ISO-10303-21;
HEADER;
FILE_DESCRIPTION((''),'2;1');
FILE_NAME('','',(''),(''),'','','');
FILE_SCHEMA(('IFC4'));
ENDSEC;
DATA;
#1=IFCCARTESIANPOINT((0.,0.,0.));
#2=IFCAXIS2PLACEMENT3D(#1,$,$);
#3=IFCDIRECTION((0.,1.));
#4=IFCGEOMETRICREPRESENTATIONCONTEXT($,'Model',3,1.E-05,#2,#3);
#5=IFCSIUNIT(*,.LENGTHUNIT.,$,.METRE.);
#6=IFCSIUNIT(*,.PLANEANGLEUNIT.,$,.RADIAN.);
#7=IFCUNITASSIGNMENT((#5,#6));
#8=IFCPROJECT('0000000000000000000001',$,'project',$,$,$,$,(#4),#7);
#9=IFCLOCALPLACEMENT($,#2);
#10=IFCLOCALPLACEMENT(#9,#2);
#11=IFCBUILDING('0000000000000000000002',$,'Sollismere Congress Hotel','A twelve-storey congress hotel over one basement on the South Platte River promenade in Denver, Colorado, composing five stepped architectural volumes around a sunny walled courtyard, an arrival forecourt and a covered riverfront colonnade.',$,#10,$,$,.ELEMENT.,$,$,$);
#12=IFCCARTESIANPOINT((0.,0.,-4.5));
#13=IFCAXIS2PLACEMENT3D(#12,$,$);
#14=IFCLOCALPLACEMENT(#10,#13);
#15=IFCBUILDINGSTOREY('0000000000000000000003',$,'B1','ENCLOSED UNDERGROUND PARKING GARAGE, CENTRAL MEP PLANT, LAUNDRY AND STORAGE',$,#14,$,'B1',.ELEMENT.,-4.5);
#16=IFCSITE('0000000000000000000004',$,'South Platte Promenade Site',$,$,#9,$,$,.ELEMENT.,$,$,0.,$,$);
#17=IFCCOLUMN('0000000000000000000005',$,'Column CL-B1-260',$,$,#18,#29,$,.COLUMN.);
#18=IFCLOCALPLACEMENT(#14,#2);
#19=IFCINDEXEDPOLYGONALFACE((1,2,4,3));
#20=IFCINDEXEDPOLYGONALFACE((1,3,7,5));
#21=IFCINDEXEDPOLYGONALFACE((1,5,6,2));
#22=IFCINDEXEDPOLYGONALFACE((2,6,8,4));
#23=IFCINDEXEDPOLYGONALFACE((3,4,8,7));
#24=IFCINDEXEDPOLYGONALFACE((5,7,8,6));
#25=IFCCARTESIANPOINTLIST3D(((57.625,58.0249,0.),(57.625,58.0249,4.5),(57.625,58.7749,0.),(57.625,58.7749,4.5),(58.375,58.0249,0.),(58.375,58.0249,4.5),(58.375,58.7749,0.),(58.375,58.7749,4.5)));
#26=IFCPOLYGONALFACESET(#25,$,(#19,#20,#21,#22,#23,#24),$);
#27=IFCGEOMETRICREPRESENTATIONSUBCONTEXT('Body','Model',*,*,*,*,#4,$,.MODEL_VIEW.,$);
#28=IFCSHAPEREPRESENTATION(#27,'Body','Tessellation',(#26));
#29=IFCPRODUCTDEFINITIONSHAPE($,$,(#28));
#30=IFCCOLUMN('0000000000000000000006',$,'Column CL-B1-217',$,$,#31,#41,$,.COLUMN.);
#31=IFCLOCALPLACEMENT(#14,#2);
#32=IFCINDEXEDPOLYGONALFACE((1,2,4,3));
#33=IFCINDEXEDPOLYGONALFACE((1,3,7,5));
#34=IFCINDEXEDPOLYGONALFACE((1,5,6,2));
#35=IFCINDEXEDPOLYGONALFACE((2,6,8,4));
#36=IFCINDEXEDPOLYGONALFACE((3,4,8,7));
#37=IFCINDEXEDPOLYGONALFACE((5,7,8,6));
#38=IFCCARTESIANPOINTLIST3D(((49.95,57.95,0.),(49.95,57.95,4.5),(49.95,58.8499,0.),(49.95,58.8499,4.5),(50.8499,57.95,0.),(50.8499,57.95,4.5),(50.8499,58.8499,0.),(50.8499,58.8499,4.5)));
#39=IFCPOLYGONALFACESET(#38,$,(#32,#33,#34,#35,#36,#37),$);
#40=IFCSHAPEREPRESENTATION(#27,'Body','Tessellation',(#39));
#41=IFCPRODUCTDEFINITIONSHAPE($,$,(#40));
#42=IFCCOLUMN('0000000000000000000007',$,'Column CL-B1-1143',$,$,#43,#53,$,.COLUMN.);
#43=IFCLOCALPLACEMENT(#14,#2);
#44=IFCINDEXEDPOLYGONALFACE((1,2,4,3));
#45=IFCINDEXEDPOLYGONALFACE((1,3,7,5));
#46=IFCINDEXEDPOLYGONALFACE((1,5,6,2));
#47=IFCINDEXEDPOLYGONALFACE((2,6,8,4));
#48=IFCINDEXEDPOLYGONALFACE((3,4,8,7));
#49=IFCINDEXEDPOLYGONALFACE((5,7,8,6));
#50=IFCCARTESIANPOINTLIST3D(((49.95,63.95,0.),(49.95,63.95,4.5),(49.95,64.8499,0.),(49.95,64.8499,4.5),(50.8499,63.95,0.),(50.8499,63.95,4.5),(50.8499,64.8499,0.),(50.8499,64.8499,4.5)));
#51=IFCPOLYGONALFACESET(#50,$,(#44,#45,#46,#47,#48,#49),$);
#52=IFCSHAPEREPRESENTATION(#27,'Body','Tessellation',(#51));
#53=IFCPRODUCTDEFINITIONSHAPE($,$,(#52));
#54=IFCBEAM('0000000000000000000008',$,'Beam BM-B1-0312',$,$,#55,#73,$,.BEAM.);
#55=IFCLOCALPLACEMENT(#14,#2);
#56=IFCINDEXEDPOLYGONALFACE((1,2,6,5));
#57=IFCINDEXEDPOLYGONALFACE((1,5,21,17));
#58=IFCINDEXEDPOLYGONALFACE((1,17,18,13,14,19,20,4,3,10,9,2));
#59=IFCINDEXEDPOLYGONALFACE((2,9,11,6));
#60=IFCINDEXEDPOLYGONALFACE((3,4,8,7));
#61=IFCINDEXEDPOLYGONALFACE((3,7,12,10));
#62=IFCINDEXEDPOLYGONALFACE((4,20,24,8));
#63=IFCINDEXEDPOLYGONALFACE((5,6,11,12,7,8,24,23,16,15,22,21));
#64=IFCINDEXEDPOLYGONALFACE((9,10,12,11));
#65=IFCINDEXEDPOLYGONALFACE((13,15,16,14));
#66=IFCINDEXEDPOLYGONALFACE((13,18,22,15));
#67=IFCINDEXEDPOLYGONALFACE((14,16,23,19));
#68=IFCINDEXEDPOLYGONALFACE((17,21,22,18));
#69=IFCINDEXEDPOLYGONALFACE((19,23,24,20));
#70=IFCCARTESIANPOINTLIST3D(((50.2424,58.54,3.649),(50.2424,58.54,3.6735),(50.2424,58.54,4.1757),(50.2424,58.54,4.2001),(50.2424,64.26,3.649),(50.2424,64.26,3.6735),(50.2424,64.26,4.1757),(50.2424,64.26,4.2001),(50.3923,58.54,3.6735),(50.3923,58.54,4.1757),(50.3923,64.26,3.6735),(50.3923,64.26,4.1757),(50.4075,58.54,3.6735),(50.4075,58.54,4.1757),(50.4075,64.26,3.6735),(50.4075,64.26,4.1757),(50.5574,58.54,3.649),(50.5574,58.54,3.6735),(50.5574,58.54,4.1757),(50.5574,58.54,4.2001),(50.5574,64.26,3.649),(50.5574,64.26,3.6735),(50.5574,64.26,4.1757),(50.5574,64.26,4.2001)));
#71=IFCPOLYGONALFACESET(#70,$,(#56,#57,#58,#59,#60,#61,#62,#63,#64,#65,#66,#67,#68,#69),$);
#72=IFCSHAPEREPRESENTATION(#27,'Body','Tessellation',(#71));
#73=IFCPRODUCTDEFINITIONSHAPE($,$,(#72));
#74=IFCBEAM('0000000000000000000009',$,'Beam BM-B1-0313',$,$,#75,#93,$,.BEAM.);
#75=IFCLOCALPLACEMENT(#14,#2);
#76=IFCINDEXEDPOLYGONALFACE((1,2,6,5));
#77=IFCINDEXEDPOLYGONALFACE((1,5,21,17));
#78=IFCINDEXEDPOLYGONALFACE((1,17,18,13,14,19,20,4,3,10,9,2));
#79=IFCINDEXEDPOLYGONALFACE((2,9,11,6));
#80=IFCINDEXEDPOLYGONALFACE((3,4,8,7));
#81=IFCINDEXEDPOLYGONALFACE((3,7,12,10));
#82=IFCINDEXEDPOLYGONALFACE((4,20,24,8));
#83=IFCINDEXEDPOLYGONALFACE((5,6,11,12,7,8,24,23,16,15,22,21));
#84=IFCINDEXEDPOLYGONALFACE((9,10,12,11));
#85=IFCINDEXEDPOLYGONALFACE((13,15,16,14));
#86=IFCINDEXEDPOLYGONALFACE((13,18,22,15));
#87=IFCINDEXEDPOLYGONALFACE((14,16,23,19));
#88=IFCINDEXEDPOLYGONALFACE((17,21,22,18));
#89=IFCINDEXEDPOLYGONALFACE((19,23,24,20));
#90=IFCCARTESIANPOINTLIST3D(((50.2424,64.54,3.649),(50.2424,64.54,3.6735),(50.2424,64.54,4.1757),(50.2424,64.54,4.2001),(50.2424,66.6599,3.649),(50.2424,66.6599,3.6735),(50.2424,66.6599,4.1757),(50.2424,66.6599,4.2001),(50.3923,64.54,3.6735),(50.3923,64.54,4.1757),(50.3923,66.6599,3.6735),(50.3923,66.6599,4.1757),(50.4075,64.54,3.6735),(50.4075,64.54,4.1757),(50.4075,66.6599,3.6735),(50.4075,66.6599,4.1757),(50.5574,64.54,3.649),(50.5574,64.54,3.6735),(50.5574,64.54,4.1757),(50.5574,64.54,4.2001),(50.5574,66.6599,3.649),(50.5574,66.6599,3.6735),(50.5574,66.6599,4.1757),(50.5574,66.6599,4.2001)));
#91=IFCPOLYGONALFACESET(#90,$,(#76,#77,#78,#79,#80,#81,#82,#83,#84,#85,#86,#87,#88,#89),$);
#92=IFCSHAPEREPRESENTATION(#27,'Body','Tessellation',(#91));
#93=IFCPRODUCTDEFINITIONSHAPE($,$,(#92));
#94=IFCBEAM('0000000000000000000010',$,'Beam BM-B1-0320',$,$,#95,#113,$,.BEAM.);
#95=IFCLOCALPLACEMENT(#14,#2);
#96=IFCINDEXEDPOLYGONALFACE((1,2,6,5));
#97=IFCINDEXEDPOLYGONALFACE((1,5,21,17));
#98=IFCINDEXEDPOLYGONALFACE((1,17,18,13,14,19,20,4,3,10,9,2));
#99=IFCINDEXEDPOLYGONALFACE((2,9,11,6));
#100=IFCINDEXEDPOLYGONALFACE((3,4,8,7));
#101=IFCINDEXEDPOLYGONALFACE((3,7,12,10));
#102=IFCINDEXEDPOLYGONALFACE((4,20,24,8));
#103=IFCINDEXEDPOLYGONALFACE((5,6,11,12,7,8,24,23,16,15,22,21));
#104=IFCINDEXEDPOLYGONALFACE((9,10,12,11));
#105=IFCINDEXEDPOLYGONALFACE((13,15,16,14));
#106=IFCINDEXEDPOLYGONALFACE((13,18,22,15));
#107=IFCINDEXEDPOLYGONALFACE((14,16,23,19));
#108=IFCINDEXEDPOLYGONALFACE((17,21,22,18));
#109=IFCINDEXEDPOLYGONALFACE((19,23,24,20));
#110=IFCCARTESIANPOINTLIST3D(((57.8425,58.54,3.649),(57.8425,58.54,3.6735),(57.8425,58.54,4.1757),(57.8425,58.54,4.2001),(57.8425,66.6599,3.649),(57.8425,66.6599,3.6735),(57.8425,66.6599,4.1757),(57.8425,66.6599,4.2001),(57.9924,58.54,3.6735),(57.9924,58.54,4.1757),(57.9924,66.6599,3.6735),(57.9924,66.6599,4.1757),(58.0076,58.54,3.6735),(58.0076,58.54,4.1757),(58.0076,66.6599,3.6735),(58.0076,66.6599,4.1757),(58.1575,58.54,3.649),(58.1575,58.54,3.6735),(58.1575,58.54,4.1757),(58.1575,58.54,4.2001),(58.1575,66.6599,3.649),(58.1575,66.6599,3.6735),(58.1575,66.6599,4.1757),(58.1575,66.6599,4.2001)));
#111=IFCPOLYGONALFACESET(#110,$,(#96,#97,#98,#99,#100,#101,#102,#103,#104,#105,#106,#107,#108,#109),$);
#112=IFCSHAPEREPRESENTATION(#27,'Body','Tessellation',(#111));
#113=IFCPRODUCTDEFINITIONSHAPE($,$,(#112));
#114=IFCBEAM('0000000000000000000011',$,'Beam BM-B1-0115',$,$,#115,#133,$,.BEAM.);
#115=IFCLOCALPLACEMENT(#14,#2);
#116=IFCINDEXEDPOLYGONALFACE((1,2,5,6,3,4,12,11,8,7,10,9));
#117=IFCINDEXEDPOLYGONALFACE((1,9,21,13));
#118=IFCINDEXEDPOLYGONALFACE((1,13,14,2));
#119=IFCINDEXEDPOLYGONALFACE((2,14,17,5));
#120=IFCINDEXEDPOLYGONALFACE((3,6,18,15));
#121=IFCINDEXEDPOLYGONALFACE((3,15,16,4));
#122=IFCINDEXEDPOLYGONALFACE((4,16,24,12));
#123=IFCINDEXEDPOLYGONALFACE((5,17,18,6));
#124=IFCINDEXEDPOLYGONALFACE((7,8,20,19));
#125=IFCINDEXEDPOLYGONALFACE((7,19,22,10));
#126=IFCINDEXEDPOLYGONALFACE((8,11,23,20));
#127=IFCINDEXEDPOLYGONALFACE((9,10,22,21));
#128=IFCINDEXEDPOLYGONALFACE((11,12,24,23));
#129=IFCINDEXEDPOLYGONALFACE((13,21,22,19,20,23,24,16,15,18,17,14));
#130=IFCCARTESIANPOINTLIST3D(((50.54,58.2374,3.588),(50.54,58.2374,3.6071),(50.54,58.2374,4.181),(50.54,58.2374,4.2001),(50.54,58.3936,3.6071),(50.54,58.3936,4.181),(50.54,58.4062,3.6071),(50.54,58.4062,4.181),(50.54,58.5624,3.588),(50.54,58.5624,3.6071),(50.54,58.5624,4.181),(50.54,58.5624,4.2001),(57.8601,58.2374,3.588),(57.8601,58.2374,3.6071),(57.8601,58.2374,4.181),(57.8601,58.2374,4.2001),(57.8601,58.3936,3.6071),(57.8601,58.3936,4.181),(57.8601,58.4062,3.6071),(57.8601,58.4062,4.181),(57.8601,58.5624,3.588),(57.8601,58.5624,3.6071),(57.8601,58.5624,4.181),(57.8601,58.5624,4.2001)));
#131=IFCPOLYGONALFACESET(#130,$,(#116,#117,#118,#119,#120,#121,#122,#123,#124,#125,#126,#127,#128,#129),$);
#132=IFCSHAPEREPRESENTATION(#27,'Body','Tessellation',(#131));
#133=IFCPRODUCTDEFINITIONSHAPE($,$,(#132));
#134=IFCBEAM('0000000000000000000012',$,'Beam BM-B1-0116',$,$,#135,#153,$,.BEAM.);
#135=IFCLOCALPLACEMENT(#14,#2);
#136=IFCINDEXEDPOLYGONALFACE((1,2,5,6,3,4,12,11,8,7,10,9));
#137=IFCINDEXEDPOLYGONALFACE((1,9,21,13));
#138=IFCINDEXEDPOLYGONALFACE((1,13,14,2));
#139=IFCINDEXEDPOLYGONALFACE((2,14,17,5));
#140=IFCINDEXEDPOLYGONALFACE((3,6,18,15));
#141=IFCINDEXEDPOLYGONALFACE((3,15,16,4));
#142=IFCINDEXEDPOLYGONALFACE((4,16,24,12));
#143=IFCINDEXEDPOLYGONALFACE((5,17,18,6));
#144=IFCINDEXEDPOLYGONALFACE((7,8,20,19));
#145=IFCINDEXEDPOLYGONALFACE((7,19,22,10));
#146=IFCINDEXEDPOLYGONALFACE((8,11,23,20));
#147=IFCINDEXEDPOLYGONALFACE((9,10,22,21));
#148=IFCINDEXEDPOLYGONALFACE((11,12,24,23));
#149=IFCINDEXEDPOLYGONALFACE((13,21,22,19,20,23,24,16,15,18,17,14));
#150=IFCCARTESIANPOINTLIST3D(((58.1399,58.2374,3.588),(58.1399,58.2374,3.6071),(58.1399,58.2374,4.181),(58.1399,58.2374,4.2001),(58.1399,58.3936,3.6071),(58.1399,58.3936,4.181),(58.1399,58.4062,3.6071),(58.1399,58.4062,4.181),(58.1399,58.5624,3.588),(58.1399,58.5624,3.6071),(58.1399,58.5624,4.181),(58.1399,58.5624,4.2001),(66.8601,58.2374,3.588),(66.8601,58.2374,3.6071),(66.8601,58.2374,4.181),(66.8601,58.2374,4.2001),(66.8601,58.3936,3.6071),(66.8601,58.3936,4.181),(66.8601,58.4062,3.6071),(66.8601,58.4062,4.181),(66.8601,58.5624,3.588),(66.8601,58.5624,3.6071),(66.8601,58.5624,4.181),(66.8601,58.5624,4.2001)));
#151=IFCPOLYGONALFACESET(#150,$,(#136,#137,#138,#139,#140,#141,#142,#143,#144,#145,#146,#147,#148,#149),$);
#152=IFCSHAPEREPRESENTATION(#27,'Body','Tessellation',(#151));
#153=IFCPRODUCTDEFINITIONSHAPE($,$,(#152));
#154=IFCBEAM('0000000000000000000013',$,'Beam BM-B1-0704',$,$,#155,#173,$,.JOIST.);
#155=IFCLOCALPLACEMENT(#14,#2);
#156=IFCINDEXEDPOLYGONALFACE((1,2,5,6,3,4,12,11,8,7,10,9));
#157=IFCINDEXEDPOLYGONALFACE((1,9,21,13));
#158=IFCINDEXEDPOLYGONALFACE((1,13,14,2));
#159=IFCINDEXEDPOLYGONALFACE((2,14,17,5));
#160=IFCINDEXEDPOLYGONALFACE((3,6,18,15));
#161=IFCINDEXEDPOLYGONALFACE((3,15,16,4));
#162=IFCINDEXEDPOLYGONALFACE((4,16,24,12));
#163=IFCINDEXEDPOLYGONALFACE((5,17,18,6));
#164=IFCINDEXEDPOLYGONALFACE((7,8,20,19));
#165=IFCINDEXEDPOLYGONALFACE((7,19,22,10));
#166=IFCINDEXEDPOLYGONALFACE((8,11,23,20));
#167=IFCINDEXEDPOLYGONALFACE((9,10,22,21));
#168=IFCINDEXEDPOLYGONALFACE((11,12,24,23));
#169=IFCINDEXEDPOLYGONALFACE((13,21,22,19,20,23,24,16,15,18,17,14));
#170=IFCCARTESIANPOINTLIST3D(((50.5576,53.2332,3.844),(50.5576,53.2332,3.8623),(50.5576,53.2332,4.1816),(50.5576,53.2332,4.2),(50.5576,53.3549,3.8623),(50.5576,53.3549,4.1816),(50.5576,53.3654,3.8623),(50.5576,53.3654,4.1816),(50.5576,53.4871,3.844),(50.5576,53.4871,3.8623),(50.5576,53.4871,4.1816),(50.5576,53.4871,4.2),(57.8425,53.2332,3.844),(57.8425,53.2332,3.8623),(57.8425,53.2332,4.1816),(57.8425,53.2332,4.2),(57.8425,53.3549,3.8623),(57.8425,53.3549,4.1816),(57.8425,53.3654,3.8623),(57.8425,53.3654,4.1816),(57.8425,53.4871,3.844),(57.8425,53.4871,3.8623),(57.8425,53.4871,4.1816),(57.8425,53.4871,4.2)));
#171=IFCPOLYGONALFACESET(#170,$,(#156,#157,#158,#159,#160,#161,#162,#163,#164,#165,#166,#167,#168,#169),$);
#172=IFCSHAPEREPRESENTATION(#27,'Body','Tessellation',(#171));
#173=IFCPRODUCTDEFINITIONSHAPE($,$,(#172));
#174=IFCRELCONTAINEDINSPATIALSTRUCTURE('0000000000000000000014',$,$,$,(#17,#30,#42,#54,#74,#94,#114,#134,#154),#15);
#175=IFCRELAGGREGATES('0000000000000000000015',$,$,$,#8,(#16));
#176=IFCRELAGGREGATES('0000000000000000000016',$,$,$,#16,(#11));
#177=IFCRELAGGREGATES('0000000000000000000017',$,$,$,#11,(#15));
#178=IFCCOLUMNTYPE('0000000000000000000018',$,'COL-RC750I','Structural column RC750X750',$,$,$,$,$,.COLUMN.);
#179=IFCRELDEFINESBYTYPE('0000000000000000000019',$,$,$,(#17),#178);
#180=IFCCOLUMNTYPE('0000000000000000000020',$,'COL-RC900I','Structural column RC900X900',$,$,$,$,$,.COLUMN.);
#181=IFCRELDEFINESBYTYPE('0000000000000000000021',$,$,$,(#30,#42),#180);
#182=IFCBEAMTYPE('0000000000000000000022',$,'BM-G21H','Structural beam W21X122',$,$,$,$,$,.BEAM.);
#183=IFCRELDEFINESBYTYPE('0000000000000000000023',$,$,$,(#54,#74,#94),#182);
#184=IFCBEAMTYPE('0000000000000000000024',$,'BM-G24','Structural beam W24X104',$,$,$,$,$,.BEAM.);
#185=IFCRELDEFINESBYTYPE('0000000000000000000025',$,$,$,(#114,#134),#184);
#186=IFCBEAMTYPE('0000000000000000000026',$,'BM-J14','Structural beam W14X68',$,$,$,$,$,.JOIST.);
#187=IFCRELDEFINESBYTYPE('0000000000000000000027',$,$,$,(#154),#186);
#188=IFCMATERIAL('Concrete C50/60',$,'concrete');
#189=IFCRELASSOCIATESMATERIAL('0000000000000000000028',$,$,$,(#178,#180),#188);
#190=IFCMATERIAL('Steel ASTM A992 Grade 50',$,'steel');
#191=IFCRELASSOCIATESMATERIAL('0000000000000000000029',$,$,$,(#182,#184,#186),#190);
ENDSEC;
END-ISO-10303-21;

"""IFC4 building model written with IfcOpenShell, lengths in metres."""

from ifc_helpers import new_model, si_unit, direction, frame, origin, origin_2d, place, context, subcontext, project, spatial, rectangle, i_section, extrude, material, material_profile, profile_set, type_object, element, save


model = new_model("IFC4")

# Units and contexts
model_context = context("Model", 3, precision=1e-05, world=origin(), true_north=direction((0.0, 1.0)))
body_context = subcontext(model_context, "Body", "Model", "MODEL_VIEW")
ifc_project = project(units=[si_unit("LENGTHUNIT", "METRE"), si_unit("PLANEANGLEUNIT", "RADIAN")], contexts=[model_context])

# Site, building, storey
site_placement = place(None, origin())
site = spatial("IfcSite", under=ifc_project, at=site_placement, Name="South Platte Promenade Site", CompositionType="ELEMENT", RefElevation=0.0)
building_placement = place(site_placement, origin())
building = spatial("IfcBuilding", under=site, at=building_placement, Name="Sollismere Congress Hotel", Description="A twelve-storey congress hotel over one basement on the South Platte River promenade in Denver, Colorado, composing five stepped architectural volumes around a sunny walled courtyard, an arrival forecourt and a covered riverfront colonnade.", CompositionType="ELEMENT")
storey_placement = place(building_placement, frame((0.0, 0.0, -4.5)))
storey = spatial("IfcBuildingStorey", under=building, at=storey_placement, Name="B1", Description="ENCLOSED UNDERGROUND PARKING GARAGE, CENTRAL MEP PLANT, LAUNDRY AND STORAGE", LongName="B1", CompositionType="ELEMENT", Elevation=-4.5)

# Columns
ifc_material_1 = material(Name="Concrete C50/60", Category="concrete")
ifc_material_profile_1 = material_profile(ifc_material_1, rectangle(XDim=0.75, YDim=0.75, at=origin_2d()), Name="RC750X750")
ifc_profile_set_1 = profile_set([ifc_material_profile_1], Name="Concrete C50/60")
column_type_1 = type_object("IfcColumnType", Name="COL-RC750I", Description="Structural column RC750X750", PredefinedType="COLUMN", material=ifc_profile_set_1)
column_placement = place(storey_placement, frame((58.0, 58.3999, 0.0), z_axis=(0.0, 0.0, 1.0), x_axis=(1.0, 0.0, 0.0)))
element("IfcColumn", 1, at=column_placement, inside=storey, type_object=column_type_1, Name="Column CL-B1-260", PredefinedType="COLUMN", context=body_context, shape_type="SweptSolid", body=[
    extrude(rectangle(XDim=0.75, YDim=0.75, at=origin_2d()), origin(), (0.0, 0.0, 1.0), 4.5),
])
ifc_material_profile_2 = material_profile(ifc_material_1, rectangle(XDim=0.8999, YDim=0.8999, at=origin_2d()), Name="RC900X900")
ifc_profile_set_2 = profile_set([ifc_material_profile_2], Name="Concrete C50/60")
column_type_2 = type_object("IfcColumnType", Name="COL-RC900I", Description="Structural column RC900X900", PredefinedType="COLUMN", material=ifc_profile_set_2)
for number, where, z_axis, x_axis, name in (
    (2, (50.3999, 58.3999, 0.0), (0.0, 0.0, 1.0), (1.0, 0.0, 0.0), "Column CL-B1-217"),
    (3, (50.3999, 64.3999, 0.0), (0.0, 0.0, 1.0), (1.0, 0.0, 0.0), "Column CL-B1-1143"),
):
    element("IfcColumn", number, at=place(storey_placement, frame(where, z_axis=z_axis, x_axis=x_axis)), inside=storey, type_object=column_type_2, Name=name, PredefinedType="COLUMN", context=body_context, shape_type="SweptSolid", body=[
        extrude(rectangle(XDim=0.8999, YDim=0.8999, at=origin_2d()), origin(), (0.0, 0.0, 1.0), 4.5),
    ])

# Beams
ifc_material_2 = material(Name="Steel ASTM A992 Grade 50", Category="steel")
ifc_material_profile_3 = material_profile(ifc_material_2, i_section(OverallWidth=0.3149, OverallDepth=0.551, WebThickness=0.0151, FlangeThickness=0.0244, at=origin_2d()), Name="W21X122")
ifc_profile_set_3 = profile_set([ifc_material_profile_3], Name="Steel ASTM A992 Grade 50")
beam_type_1 = type_object("IfcBeamType", Name="BM-G21H", Description="Structural beam W21X122", PredefinedType="BEAM", material=ifc_profile_set_3)
beam_1_placement = place(storey_placement, frame((50.3999, 58.54, 3.9246), z_axis=(0.0, 1.0, 0.0), x_axis=(-1.0, 0.0, 0.0)))
element("IfcBeam", 4, at=beam_1_placement, inside=storey, type_object=beam_type_1, Name="Beam BM-B1-0312", PredefinedType="BEAM", context=body_context, shape_type="SweptSolid", body=[
    extrude(i_section(OverallWidth=0.3149, OverallDepth=0.551, WebThickness=0.0151, FlangeThickness=0.0244, at=origin_2d()), origin(), (0.0, 0.0, 1.0), 5.72),
])
beam_2_placement = place(storey_placement, frame((50.3999, 64.54, 3.9246), z_axis=(0.0, 1.0, 0.0), x_axis=(-1.0, 0.0, 0.0)))
element("IfcBeam", 5, at=beam_2_placement, inside=storey, type_object=beam_type_1, Name="Beam BM-B1-0313", PredefinedType="BEAM", context=body_context, shape_type="SweptSolid", body=[
    extrude(i_section(OverallWidth=0.3149, OverallDepth=0.551, WebThickness=0.0151, FlangeThickness=0.0244, at=origin_2d()), origin(), (0.0, 0.0, 1.0), 2.1199),
])
beam_3_placement = place(storey_placement, frame((58.0, 58.54, 3.9246), z_axis=(0.0, 1.0, 0.0), x_axis=(-1.0, 0.0, 0.0)))
element("IfcBeam", 6, at=beam_3_placement, inside=storey, type_object=beam_type_1, Name="Beam BM-B1-0320", PredefinedType="BEAM", context=body_context, shape_type="SweptSolid", body=[
    extrude(i_section(OverallWidth=0.3149, OverallDepth=0.551, WebThickness=0.0151, FlangeThickness=0.0244, at=origin_2d()), origin(), (0.0, 0.0, 1.0), 8.1199),
])
ifc_material_profile_4 = material_profile(ifc_material_2, i_section(OverallWidth=0.325, OverallDepth=0.6121, WebThickness=0.0127, FlangeThickness=0.019, at=origin_2d()), Name="W24X104")
ifc_profile_set_4 = profile_set([ifc_material_profile_4], Name="Steel ASTM A992 Grade 50")
beam_type_2 = type_object("IfcBeamType", Name="BM-G24", Description="Structural beam W24X104", PredefinedType="BEAM", material=ifc_profile_set_4)
beam_4_placement = place(storey_placement, frame((50.54, 58.3999, 3.894), z_axis=(1.0, 0.0, 0.0), x_axis=(0.0, 1.0, 0.0)))
element("IfcBeam", 7, at=beam_4_placement, inside=storey, type_object=beam_type_2, Name="Beam BM-B1-0115", PredefinedType="BEAM", context=body_context, shape_type="SweptSolid", body=[
    extrude(i_section(OverallWidth=0.325, OverallDepth=0.6121, WebThickness=0.0127, FlangeThickness=0.019, at=origin_2d()), origin(), (0.0, 0.0, 1.0), 7.3201),
])
beam_5_placement = place(storey_placement, frame((58.1399, 58.3999, 3.894), z_axis=(1.0, 0.0, 0.0), x_axis=(0.0, 1.0, 0.0)))
element("IfcBeam", 8, at=beam_5_placement, inside=storey, type_object=beam_type_2, Name="Beam BM-B1-0116", PredefinedType="BEAM", context=body_context, shape_type="SweptSolid", body=[
    extrude(i_section(OverallWidth=0.325, OverallDepth=0.6121, WebThickness=0.0127, FlangeThickness=0.019, at=origin_2d()), origin(), (0.0, 0.0, 1.0), 8.7202),
])
ifc_material_profile_5 = material_profile(ifc_material_2, i_section(OverallWidth=0.2539, OverallDepth=0.356, WebThickness=0.0105, FlangeThickness=0.0183, at=origin_2d()), Name="W14X68")
ifc_profile_set_5 = profile_set([ifc_material_profile_5], Name="Steel ASTM A992 Grade 50")
beam_type_3 = type_object("IfcBeamType", Name="BM-J14", Description="Structural beam W14X68", PredefinedType="JOIST", material=ifc_profile_set_5)
for number, where, z_axis, x_axis, name in (
    (9, (50.5576, 53.3601, 4.022), (1.0, 0.0, 0.0), (0.0, 1.0, 0.0), "Beam BM-B1-0704"),
):
    element("IfcBeam", number, at=place(storey_placement, frame(where, z_axis=z_axis, x_axis=x_axis)), inside=storey, type_object=beam_type_3, Name=name, PredefinedType="JOIST", context=body_context, shape_type="SweptSolid", body=[
        extrude(i_section(OverallWidth=0.2539, OverallDepth=0.356, WebThickness=0.0105, FlangeThickness=0.0183, at=origin_2d()), origin(), (0.0, 0.0, 1.0), 7.2849),
    ])

save(model, "model.ifc")
